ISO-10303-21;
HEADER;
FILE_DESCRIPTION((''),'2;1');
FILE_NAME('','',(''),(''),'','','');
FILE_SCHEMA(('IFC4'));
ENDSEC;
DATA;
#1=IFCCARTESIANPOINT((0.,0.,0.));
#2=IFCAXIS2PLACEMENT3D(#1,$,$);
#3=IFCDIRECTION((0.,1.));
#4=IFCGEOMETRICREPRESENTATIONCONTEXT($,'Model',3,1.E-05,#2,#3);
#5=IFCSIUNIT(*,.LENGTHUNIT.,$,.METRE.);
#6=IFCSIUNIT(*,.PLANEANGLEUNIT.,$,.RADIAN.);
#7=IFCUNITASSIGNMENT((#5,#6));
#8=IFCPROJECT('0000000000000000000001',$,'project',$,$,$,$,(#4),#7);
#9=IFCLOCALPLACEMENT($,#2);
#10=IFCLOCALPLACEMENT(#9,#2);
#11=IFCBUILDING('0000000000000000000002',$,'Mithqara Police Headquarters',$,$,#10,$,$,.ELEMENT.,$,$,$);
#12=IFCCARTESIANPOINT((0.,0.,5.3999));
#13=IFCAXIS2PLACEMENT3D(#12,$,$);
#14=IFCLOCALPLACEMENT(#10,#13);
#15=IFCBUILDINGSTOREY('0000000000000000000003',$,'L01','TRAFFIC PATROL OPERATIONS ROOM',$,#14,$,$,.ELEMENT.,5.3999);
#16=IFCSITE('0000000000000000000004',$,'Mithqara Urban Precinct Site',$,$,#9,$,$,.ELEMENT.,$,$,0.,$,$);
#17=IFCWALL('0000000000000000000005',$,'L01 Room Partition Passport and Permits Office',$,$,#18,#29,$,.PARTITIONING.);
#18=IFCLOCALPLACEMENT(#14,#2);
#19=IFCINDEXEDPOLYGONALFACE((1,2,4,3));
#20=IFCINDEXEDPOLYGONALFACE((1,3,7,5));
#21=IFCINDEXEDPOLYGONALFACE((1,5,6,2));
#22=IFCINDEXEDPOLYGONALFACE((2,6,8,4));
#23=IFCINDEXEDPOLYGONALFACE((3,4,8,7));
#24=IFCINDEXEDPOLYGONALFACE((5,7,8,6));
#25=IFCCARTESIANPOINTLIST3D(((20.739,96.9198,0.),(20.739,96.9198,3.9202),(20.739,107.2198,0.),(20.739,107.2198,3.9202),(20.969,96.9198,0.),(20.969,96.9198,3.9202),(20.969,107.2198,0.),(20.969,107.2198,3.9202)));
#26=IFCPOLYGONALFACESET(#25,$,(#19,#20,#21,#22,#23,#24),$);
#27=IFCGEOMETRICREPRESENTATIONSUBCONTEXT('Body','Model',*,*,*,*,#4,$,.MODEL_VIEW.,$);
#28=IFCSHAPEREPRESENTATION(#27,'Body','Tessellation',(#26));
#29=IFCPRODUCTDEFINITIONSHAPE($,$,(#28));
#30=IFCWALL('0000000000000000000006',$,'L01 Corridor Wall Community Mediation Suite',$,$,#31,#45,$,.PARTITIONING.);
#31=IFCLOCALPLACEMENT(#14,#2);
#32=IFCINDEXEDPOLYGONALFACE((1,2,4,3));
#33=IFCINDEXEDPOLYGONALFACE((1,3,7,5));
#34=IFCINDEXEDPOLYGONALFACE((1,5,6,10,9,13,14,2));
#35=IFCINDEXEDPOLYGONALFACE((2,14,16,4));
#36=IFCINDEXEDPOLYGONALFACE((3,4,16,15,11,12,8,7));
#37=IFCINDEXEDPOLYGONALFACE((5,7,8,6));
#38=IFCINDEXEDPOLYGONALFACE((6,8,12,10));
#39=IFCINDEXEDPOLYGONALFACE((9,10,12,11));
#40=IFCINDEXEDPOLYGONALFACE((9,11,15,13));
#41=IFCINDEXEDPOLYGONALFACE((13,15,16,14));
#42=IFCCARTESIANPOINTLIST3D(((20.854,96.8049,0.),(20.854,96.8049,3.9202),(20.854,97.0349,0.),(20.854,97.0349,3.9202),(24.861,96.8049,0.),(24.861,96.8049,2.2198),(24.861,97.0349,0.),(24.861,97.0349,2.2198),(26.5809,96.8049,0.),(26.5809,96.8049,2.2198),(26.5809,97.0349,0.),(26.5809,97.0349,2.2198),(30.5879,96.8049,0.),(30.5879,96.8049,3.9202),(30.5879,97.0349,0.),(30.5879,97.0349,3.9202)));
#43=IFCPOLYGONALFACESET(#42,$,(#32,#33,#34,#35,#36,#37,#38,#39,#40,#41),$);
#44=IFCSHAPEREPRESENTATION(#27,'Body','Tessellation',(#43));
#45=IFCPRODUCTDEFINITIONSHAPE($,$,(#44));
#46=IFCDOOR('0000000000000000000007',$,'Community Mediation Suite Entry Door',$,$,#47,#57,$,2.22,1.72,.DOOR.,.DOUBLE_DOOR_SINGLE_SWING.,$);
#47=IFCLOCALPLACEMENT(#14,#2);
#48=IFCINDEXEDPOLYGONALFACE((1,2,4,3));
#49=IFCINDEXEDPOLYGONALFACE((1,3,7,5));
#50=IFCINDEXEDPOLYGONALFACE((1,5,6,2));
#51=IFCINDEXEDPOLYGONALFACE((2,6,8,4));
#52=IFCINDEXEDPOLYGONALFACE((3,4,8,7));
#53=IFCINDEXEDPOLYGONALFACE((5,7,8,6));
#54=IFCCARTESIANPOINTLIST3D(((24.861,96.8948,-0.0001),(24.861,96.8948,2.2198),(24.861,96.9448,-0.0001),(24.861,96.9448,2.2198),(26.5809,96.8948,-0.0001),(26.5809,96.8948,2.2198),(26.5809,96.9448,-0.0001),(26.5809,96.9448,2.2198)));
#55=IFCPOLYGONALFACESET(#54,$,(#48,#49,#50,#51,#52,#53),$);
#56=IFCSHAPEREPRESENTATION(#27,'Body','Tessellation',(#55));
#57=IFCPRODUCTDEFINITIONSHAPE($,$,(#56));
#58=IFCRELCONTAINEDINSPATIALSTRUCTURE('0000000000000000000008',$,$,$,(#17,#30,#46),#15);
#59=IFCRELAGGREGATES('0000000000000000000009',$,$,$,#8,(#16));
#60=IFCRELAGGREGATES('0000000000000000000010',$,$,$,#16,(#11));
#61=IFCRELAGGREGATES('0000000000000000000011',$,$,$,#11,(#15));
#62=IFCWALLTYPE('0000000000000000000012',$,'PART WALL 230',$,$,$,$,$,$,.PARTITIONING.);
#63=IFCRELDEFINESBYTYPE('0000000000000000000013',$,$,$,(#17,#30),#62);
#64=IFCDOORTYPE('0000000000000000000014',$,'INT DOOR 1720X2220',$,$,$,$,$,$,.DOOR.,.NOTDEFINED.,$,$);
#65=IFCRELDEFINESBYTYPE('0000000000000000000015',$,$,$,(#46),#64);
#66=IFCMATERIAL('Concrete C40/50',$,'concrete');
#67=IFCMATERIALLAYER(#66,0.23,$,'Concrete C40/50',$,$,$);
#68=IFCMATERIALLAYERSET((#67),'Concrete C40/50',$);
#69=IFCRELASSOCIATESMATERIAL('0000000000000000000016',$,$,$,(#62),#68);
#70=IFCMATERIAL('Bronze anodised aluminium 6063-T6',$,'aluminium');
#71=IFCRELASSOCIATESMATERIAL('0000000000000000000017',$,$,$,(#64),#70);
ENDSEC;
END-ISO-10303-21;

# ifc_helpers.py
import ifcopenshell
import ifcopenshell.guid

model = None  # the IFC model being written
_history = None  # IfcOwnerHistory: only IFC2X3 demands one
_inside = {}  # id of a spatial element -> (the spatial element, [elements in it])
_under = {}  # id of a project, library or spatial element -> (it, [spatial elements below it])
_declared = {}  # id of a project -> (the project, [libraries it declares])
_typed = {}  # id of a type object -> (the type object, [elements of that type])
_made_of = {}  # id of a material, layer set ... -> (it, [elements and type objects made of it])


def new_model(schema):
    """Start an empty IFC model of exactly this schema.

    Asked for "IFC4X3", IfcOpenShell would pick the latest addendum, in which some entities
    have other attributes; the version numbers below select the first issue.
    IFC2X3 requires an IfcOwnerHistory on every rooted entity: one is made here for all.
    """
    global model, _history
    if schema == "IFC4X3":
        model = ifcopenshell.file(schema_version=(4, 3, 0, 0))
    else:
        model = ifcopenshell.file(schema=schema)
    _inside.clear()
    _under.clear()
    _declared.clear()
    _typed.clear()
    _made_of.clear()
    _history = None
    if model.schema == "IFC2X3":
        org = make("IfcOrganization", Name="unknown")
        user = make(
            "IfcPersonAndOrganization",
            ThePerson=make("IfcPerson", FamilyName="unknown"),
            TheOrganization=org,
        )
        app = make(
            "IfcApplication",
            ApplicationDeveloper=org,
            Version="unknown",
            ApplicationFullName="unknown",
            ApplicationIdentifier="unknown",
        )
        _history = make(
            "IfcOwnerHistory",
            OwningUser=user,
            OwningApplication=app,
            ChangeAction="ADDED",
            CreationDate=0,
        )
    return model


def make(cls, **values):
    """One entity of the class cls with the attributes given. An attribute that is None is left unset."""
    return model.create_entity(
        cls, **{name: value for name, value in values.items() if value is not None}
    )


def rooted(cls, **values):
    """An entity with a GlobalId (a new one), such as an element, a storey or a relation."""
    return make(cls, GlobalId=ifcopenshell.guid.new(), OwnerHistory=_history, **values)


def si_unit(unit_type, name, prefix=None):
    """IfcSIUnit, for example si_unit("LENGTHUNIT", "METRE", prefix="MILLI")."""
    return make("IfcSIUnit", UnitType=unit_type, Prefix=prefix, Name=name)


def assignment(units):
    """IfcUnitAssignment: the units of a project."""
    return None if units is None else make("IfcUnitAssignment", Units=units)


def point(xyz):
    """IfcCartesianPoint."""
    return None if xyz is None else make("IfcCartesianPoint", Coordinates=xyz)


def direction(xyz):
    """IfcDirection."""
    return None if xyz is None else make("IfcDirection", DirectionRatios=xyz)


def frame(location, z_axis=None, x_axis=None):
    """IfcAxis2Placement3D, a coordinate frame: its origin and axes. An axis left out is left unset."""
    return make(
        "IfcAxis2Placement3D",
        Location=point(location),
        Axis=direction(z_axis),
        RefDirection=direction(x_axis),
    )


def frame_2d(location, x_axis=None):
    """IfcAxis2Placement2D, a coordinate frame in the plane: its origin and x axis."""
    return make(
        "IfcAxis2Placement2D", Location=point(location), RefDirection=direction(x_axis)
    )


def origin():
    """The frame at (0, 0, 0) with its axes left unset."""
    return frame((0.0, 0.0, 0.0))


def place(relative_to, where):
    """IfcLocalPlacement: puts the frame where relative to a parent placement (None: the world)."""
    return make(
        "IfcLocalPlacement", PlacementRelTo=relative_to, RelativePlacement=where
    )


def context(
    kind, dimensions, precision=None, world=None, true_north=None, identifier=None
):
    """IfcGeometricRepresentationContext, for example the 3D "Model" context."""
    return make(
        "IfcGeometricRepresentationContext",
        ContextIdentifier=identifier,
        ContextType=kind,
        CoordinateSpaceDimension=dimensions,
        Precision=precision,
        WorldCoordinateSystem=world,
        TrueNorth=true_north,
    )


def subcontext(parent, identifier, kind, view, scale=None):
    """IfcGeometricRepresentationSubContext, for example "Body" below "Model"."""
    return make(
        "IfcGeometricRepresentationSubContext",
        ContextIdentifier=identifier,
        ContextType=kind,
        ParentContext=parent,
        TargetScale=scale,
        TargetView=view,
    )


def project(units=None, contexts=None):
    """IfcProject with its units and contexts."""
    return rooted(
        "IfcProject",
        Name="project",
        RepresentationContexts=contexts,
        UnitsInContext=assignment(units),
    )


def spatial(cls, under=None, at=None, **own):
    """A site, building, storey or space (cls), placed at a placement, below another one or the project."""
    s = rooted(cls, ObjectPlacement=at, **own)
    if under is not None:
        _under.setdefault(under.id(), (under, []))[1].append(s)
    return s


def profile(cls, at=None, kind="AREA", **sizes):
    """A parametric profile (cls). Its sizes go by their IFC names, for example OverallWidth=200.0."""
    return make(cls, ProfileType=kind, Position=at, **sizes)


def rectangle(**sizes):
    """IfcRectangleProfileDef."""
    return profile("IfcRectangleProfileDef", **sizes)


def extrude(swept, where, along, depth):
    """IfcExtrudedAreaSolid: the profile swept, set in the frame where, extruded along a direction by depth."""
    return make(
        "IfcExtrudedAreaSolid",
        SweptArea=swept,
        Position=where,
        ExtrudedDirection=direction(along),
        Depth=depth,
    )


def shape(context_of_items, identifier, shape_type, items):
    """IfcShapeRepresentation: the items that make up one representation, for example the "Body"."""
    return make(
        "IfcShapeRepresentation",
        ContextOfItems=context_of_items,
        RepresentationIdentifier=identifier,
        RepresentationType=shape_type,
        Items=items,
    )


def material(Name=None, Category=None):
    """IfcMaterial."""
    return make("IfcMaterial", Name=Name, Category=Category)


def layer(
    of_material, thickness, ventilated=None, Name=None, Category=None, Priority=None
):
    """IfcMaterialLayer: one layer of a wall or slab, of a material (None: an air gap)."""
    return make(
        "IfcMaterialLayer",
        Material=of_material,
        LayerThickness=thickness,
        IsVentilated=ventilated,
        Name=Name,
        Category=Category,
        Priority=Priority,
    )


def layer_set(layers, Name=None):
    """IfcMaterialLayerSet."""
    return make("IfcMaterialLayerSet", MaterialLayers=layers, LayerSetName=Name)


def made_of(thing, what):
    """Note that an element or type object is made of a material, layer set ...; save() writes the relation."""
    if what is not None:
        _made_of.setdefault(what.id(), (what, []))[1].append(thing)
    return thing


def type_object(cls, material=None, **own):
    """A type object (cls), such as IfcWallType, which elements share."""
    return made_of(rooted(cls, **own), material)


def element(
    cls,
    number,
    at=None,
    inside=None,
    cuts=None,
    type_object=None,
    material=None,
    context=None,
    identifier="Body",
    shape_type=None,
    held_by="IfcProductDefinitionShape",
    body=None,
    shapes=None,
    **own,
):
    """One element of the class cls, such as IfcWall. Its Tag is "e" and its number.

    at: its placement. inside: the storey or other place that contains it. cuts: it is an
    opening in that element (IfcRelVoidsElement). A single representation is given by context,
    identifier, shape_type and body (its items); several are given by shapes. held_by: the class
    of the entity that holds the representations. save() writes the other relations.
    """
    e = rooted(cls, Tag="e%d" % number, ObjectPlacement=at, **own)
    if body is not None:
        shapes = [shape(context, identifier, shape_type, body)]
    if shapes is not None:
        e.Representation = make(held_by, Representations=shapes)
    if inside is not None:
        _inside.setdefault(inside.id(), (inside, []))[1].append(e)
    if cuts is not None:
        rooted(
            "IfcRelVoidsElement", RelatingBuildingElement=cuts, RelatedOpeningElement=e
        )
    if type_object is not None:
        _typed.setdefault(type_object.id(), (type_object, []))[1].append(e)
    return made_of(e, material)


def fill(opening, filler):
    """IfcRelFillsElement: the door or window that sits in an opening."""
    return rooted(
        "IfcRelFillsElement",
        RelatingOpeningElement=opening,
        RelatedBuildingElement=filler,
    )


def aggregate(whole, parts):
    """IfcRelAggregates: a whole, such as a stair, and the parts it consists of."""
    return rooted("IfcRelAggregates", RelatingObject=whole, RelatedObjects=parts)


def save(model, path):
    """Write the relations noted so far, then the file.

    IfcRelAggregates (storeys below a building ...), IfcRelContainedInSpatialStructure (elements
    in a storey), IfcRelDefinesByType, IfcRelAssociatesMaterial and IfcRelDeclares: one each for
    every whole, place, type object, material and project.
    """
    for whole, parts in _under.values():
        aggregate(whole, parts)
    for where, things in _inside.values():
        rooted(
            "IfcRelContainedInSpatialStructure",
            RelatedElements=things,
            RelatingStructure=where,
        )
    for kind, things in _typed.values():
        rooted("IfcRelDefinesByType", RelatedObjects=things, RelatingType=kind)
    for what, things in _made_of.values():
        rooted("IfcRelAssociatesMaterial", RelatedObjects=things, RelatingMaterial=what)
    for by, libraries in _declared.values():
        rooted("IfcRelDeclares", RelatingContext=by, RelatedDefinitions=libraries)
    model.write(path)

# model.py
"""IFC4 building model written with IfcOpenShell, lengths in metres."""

from ifc_helpers import new_model, si_unit, direction, frame, frame_2d, origin, place, context, subcontext, project, spatial, rectangle, extrude, material, layer, layer_set, type_object, element, fill, save


model = new_model("IFC4")

# Units and contexts
model_context = context("Model", 3, precision=1e-05, world=origin(), true_north=direction((0.0, 1.0)))
body_context = subcontext(model_context, "Body", "Model", "MODEL_VIEW")
ifc_project = project(units=[si_unit("LENGTHUNIT", "METRE"), si_unit("PLANEANGLEUNIT", "RADIAN")], contexts=[model_context])

# Site, building, storey
site_placement = place(None, origin())
site = spatial("IfcSite", under=ifc_project, at=site_placement, Name="Mithqara Urban Precinct Site", CompositionType="ELEMENT", RefElevation=0.0)
building_placement = place(site_placement, origin())
building = spatial("IfcBuilding", under=site, at=building_placement, Name="Mithqara Police Headquarters", CompositionType="ELEMENT")
storey_placement = place(building_placement, frame((0.0, 0.0, 5.3999)))
storey = spatial("IfcBuildingStorey", under=building, at=storey_placement, Name="L01", Description="TRAFFIC PATROL OPERATIONS ROOM", CompositionType="ELEMENT", Elevation=5.3999)

# Shared definitions
ifc_material_1 = material(Name="Bronze anodised aluminium 6063-T6", Category="aluminium")

# Shared definitions
ifc_material_2 = material(Name="Concrete C40/50", Category="concrete")
ifc_layer_1 = layer(ifc_material_2, 0.23, Name="Concrete C40/50")
ifc_layer_set_1 = layer_set([ifc_layer_1], Name="Concrete C40/50")
wall_type = type_object("IfcWallType", Name="PART WALL 230", PredefinedType="PARTITIONING", material=ifc_layer_set_1)

# Wall
wall_1_placement = place(storey_placement, frame((20.854, 96.9199, 0.0), z_axis=(0.0, 0.0, 1.0), x_axis=(0.0, 1.0, 0.0)))
element("IfcWall", 1, at=wall_1_placement, inside=storey, type_object=wall_type, Name="L01 Room Partition Passport and Permits Office", PredefinedType="PARTITIONING", context=body_context, shape_type="SweptSolid", body=[
    extrude(rectangle(XDim=10.3, YDim=0.23, at=frame_2d((5.1499, 0.0))), origin(), (0.0, 0.0, 1.0), 3.9202),
])

# Wall, opening, door
wall_2_placement = place(storey_placement, frame((20.854, 96.9199, 0.0), z_axis=(0.0, 0.0, 1.0), x_axis=(1.0, 0.0, 0.0)))
wall_2 = element("IfcWall", 2, at=wall_2_placement, inside=storey, type_object=wall_type, Name="L01 Corridor Wall Community Mediation Suite", PredefinedType="PARTITIONING", context=body_context, shape_type="SweptSolid", body=[
    extrude(rectangle(XDim=9.7339, YDim=0.23, at=frame_2d((4.8669, 0.0))), origin(), (0.0, 0.0, 1.0), 3.9202),
])
opening_1_placement = place(wall_2_placement, frame((4.0071, 0.0, 0.0)))
opening_1 = element("IfcOpeningElement", 3, at=opening_1_placement, cuts=wall_2, PredefinedType="OPENING", context=body_context, shape_type="SweptSolid", body=[
    extrude(rectangle(XDim=1.72, YDim=2.22, at=frame_2d((0.8599, 1.1099))), frame((0.0, 0.125, 0.0), z_axis=(0.0, -1.0, 0.0), x_axis=(1.0, 0.0, 0.0)), (0.0, 0.0, 1.0), 0.25),
])
door_type_1 = type_object("IfcDoorType", Name="INT DOOR 1720X2220", OperationType="NOTDEFINED", PredefinedType="DOOR", material=ifc_material_1)
door_1_placement = place(opening_1_placement, origin())
door_1 = element("IfcDoor", 4, at=door_1_placement, inside=storey, type_object=door_type_1, Name="Community Mediation Suite Entry Door", OperationType="DOUBLE_DOOR_SINGLE_SWING", OverallHeight=2.22, OverallWidth=1.72, PredefinedType="DOOR", context=body_context, shape_type="SweptSolid", body=[
    extrude(rectangle(XDim=1.72, YDim=2.22, at=frame_2d((0.8599, 1.1099))), frame((0.0, 0.0249, 0.0), z_axis=(0.0, -1.0, 0.0), x_axis=(1.0, 0.0, 0.0)), (0.0, 0.0, 1.0), 0.05),
])
fill(opening_1, door_1)

save(model, "model.ifc")
